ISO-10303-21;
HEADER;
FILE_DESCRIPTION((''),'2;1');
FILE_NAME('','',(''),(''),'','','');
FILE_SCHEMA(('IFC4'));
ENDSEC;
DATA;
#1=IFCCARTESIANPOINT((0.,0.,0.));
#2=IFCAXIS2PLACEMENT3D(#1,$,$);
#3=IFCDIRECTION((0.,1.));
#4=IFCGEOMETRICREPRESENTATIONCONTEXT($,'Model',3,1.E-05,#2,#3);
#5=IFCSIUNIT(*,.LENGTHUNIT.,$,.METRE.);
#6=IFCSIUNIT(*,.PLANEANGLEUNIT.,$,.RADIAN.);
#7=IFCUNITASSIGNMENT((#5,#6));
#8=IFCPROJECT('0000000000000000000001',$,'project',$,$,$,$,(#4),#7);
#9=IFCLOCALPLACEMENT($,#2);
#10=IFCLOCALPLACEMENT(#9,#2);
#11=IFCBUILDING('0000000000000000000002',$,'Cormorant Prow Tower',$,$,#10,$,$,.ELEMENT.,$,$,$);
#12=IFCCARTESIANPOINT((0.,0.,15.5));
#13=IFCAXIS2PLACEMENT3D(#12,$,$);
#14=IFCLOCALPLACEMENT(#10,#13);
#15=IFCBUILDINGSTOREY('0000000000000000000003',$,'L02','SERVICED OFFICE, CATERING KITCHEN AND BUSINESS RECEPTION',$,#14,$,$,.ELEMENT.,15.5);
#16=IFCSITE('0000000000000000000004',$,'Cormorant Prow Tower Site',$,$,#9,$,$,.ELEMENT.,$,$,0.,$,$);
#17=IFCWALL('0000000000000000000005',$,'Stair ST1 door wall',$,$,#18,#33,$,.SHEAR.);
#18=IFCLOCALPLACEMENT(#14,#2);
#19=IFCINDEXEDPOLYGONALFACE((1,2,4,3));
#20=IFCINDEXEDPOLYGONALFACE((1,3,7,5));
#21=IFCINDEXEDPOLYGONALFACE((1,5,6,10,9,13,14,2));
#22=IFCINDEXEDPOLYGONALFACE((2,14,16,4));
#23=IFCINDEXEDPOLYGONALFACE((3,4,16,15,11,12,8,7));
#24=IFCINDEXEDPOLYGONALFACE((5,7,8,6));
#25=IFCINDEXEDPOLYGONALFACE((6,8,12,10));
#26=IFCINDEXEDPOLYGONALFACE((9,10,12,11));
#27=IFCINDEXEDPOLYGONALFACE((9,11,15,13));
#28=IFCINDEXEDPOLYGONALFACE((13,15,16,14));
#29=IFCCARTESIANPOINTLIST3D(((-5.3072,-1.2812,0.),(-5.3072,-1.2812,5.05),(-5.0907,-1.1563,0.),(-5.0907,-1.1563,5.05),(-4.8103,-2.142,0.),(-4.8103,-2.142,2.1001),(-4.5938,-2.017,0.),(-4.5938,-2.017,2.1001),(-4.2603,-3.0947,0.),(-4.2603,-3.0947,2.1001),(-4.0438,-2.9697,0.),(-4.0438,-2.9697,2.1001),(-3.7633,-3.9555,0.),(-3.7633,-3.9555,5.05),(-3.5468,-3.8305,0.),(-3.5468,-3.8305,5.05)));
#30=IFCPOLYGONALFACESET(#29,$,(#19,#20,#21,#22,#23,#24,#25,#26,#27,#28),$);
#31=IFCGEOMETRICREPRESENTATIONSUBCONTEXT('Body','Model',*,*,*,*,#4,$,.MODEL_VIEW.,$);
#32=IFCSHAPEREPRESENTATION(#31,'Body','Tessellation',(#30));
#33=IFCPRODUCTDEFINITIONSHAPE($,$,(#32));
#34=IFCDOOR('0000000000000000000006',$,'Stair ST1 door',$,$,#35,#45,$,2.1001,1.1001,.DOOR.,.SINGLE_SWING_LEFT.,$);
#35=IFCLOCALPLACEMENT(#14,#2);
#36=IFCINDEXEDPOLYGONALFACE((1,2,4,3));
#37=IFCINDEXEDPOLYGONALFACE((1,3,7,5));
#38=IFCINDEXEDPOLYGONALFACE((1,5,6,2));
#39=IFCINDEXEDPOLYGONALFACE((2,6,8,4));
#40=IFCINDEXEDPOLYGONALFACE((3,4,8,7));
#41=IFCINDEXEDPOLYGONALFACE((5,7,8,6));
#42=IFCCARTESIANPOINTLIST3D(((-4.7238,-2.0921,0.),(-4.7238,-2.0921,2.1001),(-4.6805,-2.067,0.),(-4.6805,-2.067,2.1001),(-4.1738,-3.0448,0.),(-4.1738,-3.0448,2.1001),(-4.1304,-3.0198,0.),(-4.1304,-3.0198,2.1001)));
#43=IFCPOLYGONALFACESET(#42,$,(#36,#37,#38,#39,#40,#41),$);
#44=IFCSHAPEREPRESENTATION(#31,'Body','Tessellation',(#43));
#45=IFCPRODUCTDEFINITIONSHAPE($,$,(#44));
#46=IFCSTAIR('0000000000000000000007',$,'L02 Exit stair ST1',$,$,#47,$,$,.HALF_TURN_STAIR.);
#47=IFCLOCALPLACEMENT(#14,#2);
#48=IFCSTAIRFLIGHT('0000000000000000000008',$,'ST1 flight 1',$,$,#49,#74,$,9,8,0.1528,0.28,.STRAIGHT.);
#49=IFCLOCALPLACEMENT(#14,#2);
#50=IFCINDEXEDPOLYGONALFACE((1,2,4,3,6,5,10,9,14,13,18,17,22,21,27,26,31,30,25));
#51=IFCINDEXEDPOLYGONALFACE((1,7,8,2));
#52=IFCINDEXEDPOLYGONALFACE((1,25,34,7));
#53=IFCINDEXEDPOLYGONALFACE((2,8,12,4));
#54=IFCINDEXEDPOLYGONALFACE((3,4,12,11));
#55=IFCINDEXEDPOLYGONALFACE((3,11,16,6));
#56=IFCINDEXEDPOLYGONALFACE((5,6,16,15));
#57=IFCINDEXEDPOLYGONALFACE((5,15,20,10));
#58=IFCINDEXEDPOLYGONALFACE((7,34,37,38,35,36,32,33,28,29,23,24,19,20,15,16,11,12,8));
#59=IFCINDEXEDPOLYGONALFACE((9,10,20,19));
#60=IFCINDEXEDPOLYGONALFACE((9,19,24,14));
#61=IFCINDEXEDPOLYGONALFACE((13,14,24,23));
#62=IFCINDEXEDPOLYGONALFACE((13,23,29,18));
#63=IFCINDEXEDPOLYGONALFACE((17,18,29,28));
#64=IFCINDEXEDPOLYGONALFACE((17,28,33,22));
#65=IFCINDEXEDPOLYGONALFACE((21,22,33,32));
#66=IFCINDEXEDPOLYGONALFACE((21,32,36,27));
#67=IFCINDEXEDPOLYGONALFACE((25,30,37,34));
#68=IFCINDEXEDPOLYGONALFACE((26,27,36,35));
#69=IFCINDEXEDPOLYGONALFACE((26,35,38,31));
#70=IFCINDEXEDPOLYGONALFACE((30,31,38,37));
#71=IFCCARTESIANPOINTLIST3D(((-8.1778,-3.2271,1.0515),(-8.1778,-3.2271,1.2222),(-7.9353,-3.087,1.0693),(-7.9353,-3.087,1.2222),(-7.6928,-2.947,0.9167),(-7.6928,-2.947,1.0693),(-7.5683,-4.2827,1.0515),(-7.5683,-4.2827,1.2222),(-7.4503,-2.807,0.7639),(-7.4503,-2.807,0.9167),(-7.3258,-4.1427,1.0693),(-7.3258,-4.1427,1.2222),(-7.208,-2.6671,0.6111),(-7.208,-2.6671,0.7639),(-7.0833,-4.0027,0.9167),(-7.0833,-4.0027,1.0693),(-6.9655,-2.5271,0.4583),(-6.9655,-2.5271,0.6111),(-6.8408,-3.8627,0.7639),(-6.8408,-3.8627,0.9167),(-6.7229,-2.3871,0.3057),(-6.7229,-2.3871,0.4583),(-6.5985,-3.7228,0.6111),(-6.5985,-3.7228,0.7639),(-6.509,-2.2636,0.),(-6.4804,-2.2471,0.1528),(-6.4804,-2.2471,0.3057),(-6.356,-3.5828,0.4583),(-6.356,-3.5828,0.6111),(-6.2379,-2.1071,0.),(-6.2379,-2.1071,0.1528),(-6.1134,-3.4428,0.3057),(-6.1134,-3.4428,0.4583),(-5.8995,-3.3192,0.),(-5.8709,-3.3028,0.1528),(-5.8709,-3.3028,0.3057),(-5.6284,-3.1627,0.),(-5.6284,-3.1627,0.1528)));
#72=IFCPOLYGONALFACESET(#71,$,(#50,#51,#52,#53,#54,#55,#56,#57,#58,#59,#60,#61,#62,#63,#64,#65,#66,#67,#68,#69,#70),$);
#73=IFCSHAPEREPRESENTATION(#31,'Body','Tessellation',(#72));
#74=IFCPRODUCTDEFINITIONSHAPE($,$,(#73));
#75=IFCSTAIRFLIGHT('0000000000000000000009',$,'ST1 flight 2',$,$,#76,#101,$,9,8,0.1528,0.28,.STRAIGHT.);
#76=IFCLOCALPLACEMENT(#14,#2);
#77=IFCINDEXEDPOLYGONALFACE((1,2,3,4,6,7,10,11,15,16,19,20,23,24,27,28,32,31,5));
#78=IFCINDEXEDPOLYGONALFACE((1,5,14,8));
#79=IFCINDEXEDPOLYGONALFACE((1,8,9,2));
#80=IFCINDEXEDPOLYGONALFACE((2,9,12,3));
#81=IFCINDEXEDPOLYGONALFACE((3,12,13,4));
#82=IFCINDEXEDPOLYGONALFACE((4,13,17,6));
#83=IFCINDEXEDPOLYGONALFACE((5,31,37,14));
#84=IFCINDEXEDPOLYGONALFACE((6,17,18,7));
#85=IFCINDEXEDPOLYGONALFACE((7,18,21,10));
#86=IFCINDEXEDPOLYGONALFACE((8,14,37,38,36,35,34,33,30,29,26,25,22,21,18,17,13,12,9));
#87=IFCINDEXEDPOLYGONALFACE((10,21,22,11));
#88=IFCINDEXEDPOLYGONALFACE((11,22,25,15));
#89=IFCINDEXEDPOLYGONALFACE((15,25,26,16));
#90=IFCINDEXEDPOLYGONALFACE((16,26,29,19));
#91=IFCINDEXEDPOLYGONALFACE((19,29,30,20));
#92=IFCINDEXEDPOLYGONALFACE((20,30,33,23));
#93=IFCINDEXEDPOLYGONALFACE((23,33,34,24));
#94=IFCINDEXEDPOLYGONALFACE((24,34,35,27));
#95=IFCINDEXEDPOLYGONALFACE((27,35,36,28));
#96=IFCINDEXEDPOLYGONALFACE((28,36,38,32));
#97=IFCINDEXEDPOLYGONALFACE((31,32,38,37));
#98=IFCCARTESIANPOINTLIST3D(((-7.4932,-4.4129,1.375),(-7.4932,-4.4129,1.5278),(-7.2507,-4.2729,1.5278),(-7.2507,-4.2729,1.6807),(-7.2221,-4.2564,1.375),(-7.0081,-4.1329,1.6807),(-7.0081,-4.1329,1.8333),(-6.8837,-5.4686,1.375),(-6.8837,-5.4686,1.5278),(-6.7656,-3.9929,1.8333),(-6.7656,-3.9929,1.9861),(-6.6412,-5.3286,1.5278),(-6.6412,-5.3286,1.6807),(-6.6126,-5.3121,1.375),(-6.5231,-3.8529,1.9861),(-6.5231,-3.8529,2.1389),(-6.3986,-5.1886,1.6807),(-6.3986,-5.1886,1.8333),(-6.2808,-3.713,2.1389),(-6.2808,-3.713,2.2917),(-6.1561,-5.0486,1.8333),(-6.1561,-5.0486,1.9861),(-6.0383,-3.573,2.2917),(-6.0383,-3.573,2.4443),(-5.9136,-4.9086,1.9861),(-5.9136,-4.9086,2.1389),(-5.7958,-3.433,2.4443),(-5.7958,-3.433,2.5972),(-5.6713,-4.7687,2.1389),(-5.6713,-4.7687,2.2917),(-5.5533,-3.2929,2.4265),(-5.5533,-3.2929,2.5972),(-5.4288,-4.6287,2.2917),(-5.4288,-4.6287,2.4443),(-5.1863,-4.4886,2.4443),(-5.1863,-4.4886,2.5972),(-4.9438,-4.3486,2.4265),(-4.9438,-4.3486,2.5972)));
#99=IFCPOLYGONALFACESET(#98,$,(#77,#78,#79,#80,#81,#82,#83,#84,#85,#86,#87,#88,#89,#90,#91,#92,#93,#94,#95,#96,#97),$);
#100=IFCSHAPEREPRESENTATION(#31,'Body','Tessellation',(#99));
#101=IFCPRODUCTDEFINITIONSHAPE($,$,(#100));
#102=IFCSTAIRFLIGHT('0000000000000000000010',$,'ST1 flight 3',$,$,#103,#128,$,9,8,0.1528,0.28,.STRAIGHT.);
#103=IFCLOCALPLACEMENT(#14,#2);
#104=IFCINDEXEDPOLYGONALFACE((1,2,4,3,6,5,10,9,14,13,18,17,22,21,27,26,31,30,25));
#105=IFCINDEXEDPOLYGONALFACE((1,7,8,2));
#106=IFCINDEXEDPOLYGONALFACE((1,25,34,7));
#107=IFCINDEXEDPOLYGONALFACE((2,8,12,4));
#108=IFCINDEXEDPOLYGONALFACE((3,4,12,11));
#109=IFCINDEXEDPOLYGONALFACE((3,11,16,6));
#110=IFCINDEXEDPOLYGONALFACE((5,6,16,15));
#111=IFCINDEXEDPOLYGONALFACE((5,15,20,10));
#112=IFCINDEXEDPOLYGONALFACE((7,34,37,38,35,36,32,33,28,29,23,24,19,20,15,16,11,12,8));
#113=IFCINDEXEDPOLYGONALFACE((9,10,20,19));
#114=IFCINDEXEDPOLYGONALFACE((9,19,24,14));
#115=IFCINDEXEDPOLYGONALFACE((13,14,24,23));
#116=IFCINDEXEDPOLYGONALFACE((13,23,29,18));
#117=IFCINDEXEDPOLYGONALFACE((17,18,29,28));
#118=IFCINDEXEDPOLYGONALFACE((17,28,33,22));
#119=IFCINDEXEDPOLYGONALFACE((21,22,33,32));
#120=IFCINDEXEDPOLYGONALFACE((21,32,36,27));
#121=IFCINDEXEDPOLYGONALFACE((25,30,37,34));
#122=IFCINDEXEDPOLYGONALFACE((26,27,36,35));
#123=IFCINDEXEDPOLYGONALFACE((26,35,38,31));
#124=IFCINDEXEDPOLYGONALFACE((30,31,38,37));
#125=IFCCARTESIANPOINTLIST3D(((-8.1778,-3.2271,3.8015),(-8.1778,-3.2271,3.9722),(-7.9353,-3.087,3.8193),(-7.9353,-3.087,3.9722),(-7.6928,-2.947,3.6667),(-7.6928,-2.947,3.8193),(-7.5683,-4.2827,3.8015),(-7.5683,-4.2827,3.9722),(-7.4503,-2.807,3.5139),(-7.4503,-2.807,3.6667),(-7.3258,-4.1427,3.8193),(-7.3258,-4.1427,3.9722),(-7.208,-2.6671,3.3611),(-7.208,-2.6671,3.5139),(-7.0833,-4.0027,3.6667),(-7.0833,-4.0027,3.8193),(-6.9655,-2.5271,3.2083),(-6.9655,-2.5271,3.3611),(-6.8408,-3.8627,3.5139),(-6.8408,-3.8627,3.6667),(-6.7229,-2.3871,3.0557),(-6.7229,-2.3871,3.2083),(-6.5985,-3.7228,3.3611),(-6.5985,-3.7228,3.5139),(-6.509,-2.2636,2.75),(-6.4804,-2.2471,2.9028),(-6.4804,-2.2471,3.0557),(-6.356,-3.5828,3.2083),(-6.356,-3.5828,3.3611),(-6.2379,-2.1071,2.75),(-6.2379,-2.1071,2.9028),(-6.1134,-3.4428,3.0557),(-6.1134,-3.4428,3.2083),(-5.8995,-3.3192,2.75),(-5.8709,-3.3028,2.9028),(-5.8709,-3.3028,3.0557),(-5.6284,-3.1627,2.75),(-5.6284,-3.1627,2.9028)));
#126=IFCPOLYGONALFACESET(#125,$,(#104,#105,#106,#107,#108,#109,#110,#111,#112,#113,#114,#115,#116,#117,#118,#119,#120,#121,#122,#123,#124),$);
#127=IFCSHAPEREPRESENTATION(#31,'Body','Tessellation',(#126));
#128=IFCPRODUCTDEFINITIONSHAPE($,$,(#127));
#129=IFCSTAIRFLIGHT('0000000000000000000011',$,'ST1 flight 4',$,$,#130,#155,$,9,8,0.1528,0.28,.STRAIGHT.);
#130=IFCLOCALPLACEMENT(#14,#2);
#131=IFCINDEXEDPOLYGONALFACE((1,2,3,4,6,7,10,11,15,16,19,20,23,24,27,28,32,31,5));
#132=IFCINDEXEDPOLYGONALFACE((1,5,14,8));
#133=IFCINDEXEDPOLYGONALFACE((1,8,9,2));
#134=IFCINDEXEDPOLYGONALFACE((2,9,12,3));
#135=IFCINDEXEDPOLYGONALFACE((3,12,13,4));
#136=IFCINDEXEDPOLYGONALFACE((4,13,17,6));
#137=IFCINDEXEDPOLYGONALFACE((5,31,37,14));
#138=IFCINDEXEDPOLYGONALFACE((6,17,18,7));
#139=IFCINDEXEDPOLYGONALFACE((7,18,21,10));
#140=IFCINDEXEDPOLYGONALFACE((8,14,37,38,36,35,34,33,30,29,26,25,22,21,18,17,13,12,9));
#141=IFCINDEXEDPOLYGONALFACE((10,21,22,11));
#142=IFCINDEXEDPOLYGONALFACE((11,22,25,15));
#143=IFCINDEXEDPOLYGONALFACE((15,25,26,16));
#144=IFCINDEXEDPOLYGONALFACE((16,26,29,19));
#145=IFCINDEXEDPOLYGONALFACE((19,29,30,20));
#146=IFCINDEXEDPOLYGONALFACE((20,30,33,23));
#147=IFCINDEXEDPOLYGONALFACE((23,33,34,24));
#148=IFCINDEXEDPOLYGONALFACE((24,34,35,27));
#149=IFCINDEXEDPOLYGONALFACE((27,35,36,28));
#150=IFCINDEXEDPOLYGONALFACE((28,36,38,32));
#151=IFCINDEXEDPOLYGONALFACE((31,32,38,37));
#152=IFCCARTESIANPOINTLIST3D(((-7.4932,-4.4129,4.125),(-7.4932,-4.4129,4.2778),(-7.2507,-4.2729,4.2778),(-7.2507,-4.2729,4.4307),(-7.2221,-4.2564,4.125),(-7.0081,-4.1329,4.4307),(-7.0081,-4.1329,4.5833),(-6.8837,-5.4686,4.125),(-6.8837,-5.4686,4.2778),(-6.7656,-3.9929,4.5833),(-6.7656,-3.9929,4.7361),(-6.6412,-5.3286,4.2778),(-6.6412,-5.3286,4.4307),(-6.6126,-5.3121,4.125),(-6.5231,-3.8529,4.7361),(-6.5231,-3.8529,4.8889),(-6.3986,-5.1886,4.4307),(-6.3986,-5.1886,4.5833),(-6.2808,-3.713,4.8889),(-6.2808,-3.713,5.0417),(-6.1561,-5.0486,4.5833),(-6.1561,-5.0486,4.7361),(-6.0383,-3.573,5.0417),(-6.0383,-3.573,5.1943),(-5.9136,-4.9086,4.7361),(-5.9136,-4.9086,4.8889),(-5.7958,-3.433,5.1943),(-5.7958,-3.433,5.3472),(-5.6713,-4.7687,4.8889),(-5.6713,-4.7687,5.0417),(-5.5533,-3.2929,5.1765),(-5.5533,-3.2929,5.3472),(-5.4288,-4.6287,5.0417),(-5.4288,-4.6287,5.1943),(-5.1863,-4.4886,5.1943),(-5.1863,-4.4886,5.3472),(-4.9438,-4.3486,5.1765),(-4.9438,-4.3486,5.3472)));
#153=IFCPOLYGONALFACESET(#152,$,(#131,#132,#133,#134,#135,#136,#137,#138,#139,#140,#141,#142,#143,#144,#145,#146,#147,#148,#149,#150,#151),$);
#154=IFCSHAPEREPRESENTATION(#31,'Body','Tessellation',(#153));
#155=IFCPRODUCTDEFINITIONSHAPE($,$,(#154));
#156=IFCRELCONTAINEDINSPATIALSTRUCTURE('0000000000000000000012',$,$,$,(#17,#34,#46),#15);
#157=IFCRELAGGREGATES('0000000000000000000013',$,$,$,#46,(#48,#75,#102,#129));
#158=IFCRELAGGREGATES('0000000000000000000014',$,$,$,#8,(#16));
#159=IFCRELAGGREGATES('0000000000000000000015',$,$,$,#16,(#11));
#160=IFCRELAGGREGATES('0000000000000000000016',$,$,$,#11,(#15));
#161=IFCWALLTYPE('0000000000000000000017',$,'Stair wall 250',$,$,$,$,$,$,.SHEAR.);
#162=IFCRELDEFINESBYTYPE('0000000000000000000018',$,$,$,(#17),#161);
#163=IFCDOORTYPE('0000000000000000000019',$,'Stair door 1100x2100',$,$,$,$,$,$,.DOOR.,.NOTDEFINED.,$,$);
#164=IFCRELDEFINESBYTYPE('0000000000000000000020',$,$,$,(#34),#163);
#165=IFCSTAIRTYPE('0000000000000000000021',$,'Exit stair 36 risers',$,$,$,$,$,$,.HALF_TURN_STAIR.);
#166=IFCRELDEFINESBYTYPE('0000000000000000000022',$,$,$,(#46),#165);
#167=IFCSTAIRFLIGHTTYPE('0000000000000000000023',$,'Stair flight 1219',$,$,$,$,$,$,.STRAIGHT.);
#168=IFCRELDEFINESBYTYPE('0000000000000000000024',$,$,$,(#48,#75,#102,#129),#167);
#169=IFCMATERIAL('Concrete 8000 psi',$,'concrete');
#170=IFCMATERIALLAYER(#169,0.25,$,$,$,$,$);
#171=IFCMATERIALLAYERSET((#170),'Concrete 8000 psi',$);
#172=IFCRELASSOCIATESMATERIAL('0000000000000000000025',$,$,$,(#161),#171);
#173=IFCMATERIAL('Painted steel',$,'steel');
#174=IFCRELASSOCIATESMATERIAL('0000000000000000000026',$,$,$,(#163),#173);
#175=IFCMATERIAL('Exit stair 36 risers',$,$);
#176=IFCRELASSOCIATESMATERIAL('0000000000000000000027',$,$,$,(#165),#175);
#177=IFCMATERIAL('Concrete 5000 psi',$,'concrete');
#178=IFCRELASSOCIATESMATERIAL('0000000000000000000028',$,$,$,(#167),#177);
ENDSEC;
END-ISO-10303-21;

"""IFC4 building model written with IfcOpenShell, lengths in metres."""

from ifc_helpers import new_model, si_unit, direction, frame, frame_2d, origin, place, context, subcontext, project, spatial, polyline, rectangle, outline, extrude, material, layer, layer_set, type_object, element, fill, aggregate, save


model = new_model("IFC4")

# Units and contexts
model_context = context("Model", 3, precision=1e-05, world=origin(), true_north=direction((0.0, 1.0)))
body_context = subcontext(model_context, "Body", "Model", "MODEL_VIEW")
ifc_project = project(units=[si_unit("LENGTHUNIT", "METRE"), si_unit("PLANEANGLEUNIT", "RADIAN")], contexts=[model_context])

# Site, building, storey
site_placement = place(None, origin())
site = spatial("IfcSite", under=ifc_project, at=site_placement, Name="Cormorant Prow Tower Site", CompositionType="ELEMENT", RefElevation=0.0)
building_placement = place(site_placement, origin())
building = spatial("IfcBuilding", under=site, at=building_placement, Name="Cormorant Prow Tower", CompositionType="ELEMENT")
storey_placement = place(building_placement, frame((0.0, 0.0, 15.5)))
storey = spatial("IfcBuildingStorey", under=building, at=storey_placement, Name="L02", Description="SERVICED OFFICE, CATERING KITCHEN AND BUSINESS RECEPTION", CompositionType="ELEMENT", Elevation=15.5)

# Wall, opening, door
ifc_material_1 = material(Name="Concrete 8000 psi", Category="concrete")
ifc_layer_1 = layer(ifc_material_1, 0.25)
ifc_layer_set_1 = layer_set([ifc_layer_1], Name="Concrete 8000 psi")
wall_type_1 = type_object("IfcWallType", Name="Stair wall 250", PredefinedType="SHEAR", material=ifc_layer_set_1)
wall_1_placement = place(storey_placement, frame((-5.199, -1.2188, 0.0), z_axis=(0.0, 0.0, 1.0), x_axis=(0.499983, -0.866035, 0.0)))
wall_1 = element("IfcWall", 1, at=wall_1_placement, inside=storey, type_object=wall_type_1, Name="Stair ST1 door wall", PredefinedType="SHEAR", context=body_context, shape_type="SweptSolid", body=[
    extrude(rectangle(XDim=3.0879, YDim=0.25, at=frame_2d((1.5439, 0.0))), origin(), (0.0, 0.0, 1.0), 5.05),
])
opening_1_placement = place(wall_1_placement, frame((0.9939, 0.0, 0.0)))
opening_1 = element("IfcOpeningElement", 2, at=opening_1_placement, cuts=wall_1, PredefinedType="OPENING", context=body_context, shape_type="SweptSolid", body=[
    extrude(rectangle(XDim=1.1001, YDim=2.1001, at=frame_2d((0.55, 1.05))), frame((0.0, 0.135, 0.0), z_axis=(0.0, -1.0, 0.0), x_axis=(1.0, 0.0, 0.0)), (0.0, 0.0, 1.0), 0.27),
])
ifc_material_2 = material(Name="Painted steel", Category="steel")
door_type_1 = type_object("IfcDoorType", Name="Stair door 1100x2100", OperationType="NOTDEFINED", PredefinedType="DOOR", material=ifc_material_2)
door_1_placement = place(opening_1_placement, origin())
door_1 = element("IfcDoor", 3, at=door_1_placement, inside=storey, type_object=door_type_1, Name="Stair ST1 door", OperationType="SINGLE_SWING_LEFT", OverallHeight=2.1001, OverallWidth=1.1001, PredefinedType="DOOR", context=body_context, shape_type="SweptSolid", body=[
    extrude(rectangle(XDim=1.1001, YDim=2.1001, at=frame_2d((0.55, 1.05))), frame((0.0, 0.0249, 0.0), z_axis=(0.0, -1.0, 0.0), x_axis=(1.0, 0.0, 0.0)), (0.0, 0.0, 1.0), 0.05),
])
fill(opening_1, door_1)

# Stair, stair flights
ifc_material_3 = material(Name="Exit stair 36 risers")
stair_type = type_object("IfcStairType", Name="Exit stair 36 risers", PredefinedType="HALF_TURN_STAIR", material=ifc_material_3)
stair_placement = place(storey_placement, origin())
stair = element("IfcStair", 4, at=stair_placement, inside=storey, type_object=stair_type, Name="L02 Exit stair ST1", PredefinedType="HALF_TURN_STAIR")
ifc_material_4 = material(Name="Concrete 5000 psi", Category="concrete")
stair_flight_type = type_object("IfcStairFlightType", Name="Stair flight 1219", PredefinedType="STRAIGHT", material=ifc_material_4)
stair_flight_1_placement = place(storey_placement, frame((-5.9331, -2.635, 0.0), z_axis=(0.0, 0.0, 1.0), x_axis=(-0.866025, -0.5, 0.0)))
stair_flight_1 = element("IfcStairFlight", 5, at=stair_flight_1_placement, type_object=stair_flight_type, Name="ST1 flight 1", NumberOfRisers=9, NumberOfTreads=8, PredefinedType="STRAIGHT", RiserHeight=0.1528, TreadLength=0.28, context=body_context, shape_type="SweptSolid", body=[
    extrude(outline(polyline([(0.0, 0.0), (0.0, 0.1528), (0.28, 0.1528), (0.28, 0.3057), (0.5601, 0.3057), (0.5601, 0.4583), (0.8401, 0.4583), (0.8401, 0.6111), (1.1201, 0.6111), (1.1201, 0.7639), (1.3999, 0.7639), (1.3999, 0.9167), (1.6799, 0.9167), (1.6799, 1.0693), (1.96, 1.0693), (1.96, 1.2222), (2.24, 1.2222), (2.24, 1.375), (2.24, 1.0515), (0.313, 0.0), (0.0, 0.0)])), frame((0.0, 0.6094, 0.0), z_axis=(0.0, -1.0, 0.0), x_axis=(1.0, 0.0, 0.0)), (0.0, 0.0, 1.0), 1.219),
])
stair_flight_2_placement = place(storey_placement, frame((-7.1885, -4.9407, 1.375), z_axis=(0.0, 0.0, 1.0), x_axis=(0.866025, 0.5, 0.0)))
stair_flight_2 = element("IfcStairFlight", 6, at=stair_flight_2_placement, type_object=stair_flight_type, Name="ST1 flight 2", NumberOfRisers=9, NumberOfTreads=8, PredefinedType="STRAIGHT", RiserHeight=0.1528, TreadLength=0.28, context=body_context, shape_type="SweptSolid", body=[
    extrude(outline(polyline([(0.0, 0.0), (0.0, 0.1528), (0.28, 0.1528), (0.28, 0.3057), (0.5601, 0.3057), (0.5601, 0.4583), (0.8401, 0.4583), (0.8401, 0.6111), (1.1201, 0.6111), (1.1201, 0.7639), (1.3999, 0.7639), (1.3999, 0.9167), (1.6799, 0.9167), (1.6799, 1.0693), (1.96, 1.0693), (1.96, 1.2222), (2.24, 1.2222), (2.24, 1.375), (2.24, 1.0515), (0.313, 0.0), (0.0, 0.0)])), frame((0.0, 0.6094, 0.0), z_axis=(0.0, -1.0, 0.0), x_axis=(1.0, 0.0, 0.0)), (0.0, 0.0, 1.0), 1.219),
])
stair_flight_3_placement = place(storey_placement, frame((-5.9331, -2.635, 2.75), z_axis=(0.0, 0.0, 1.0), x_axis=(-0.866025, -0.5, 0.0)))
stair_flight_3 = element("IfcStairFlight", 7, at=stair_flight_3_placement, type_object=stair_flight_type, Name="ST1 flight 3", NumberOfRisers=9, NumberOfTreads=8, PredefinedType="STRAIGHT", RiserHeight=0.1528, TreadLength=0.28, context=body_context, shape_type="SweptSolid", body=[
    extrude(outline(polyline([(0.0, 0.0), (0.0, 0.1528), (0.28, 0.1528), (0.28, 0.3057), (0.5601, 0.3057), (0.5601, 0.4583), (0.8401, 0.4583), (0.8401, 0.6111), (1.1201, 0.6111), (1.1201, 0.7639), (1.3999, 0.7639), (1.3999, 0.9167), (1.6799, 0.9167), (1.6799, 1.0693), (1.96, 1.0693), (1.96, 1.2222), (2.24, 1.2222), (2.24, 1.375), (2.24, 1.0515), (0.313, 0.0), (0.0, 0.0)])), frame((0.0, 0.6094, 0.0), z_axis=(0.0, -1.0, 0.0), x_axis=(1.0, 0.0, 0.0)), (0.0, 0.0, 1.0), 1.219),
])
stair_flight_4_placement = place(storey_placement, frame((-7.1885, -4.9407, 4.125), z_axis=(0.0, 0.0, 1.0), x_axis=(0.866025, 0.5, 0.0)))
stair_flight_4 = element("IfcStairFlight", 8, at=stair_flight_4_placement, type_object=stair_flight_type, Name="ST1 flight 4", NumberOfRisers=9, NumberOfTreads=8, PredefinedType="STRAIGHT", RiserHeight=0.1528, TreadLength=0.28, context=body_context, shape_type="SweptSolid", body=[
    extrude(outline(polyline([(0.0, 0.0), (0.0, 0.1528), (0.28, 0.1528), (0.28, 0.3057), (0.5601, 0.3057), (0.5601, 0.4583), (0.8401, 0.4583), (0.8401, 0.6111), (1.1201, 0.6111), (1.1201, 0.7639), (1.3999, 0.7639), (1.3999, 0.9167), (1.6799, 0.9167), (1.6799, 1.0693), (1.96, 1.0693), (1.96, 1.2222), (2.24, 1.2222), (2.24, 1.375), (2.24, 1.0515), (0.313, 0.0), (0.0, 0.0)])), frame((0.0, 0.6094, 0.0), z_axis=(0.0, -1.0, 0.0), x_axis=(1.0, 0.0, 0.0)), (0.0, 0.0, 1.0), 1.219),
])
aggregate(stair, [stair_flight_1, stair_flight_2, stair_flight_3, stair_flight_4])

save(model, "model.ifc")
